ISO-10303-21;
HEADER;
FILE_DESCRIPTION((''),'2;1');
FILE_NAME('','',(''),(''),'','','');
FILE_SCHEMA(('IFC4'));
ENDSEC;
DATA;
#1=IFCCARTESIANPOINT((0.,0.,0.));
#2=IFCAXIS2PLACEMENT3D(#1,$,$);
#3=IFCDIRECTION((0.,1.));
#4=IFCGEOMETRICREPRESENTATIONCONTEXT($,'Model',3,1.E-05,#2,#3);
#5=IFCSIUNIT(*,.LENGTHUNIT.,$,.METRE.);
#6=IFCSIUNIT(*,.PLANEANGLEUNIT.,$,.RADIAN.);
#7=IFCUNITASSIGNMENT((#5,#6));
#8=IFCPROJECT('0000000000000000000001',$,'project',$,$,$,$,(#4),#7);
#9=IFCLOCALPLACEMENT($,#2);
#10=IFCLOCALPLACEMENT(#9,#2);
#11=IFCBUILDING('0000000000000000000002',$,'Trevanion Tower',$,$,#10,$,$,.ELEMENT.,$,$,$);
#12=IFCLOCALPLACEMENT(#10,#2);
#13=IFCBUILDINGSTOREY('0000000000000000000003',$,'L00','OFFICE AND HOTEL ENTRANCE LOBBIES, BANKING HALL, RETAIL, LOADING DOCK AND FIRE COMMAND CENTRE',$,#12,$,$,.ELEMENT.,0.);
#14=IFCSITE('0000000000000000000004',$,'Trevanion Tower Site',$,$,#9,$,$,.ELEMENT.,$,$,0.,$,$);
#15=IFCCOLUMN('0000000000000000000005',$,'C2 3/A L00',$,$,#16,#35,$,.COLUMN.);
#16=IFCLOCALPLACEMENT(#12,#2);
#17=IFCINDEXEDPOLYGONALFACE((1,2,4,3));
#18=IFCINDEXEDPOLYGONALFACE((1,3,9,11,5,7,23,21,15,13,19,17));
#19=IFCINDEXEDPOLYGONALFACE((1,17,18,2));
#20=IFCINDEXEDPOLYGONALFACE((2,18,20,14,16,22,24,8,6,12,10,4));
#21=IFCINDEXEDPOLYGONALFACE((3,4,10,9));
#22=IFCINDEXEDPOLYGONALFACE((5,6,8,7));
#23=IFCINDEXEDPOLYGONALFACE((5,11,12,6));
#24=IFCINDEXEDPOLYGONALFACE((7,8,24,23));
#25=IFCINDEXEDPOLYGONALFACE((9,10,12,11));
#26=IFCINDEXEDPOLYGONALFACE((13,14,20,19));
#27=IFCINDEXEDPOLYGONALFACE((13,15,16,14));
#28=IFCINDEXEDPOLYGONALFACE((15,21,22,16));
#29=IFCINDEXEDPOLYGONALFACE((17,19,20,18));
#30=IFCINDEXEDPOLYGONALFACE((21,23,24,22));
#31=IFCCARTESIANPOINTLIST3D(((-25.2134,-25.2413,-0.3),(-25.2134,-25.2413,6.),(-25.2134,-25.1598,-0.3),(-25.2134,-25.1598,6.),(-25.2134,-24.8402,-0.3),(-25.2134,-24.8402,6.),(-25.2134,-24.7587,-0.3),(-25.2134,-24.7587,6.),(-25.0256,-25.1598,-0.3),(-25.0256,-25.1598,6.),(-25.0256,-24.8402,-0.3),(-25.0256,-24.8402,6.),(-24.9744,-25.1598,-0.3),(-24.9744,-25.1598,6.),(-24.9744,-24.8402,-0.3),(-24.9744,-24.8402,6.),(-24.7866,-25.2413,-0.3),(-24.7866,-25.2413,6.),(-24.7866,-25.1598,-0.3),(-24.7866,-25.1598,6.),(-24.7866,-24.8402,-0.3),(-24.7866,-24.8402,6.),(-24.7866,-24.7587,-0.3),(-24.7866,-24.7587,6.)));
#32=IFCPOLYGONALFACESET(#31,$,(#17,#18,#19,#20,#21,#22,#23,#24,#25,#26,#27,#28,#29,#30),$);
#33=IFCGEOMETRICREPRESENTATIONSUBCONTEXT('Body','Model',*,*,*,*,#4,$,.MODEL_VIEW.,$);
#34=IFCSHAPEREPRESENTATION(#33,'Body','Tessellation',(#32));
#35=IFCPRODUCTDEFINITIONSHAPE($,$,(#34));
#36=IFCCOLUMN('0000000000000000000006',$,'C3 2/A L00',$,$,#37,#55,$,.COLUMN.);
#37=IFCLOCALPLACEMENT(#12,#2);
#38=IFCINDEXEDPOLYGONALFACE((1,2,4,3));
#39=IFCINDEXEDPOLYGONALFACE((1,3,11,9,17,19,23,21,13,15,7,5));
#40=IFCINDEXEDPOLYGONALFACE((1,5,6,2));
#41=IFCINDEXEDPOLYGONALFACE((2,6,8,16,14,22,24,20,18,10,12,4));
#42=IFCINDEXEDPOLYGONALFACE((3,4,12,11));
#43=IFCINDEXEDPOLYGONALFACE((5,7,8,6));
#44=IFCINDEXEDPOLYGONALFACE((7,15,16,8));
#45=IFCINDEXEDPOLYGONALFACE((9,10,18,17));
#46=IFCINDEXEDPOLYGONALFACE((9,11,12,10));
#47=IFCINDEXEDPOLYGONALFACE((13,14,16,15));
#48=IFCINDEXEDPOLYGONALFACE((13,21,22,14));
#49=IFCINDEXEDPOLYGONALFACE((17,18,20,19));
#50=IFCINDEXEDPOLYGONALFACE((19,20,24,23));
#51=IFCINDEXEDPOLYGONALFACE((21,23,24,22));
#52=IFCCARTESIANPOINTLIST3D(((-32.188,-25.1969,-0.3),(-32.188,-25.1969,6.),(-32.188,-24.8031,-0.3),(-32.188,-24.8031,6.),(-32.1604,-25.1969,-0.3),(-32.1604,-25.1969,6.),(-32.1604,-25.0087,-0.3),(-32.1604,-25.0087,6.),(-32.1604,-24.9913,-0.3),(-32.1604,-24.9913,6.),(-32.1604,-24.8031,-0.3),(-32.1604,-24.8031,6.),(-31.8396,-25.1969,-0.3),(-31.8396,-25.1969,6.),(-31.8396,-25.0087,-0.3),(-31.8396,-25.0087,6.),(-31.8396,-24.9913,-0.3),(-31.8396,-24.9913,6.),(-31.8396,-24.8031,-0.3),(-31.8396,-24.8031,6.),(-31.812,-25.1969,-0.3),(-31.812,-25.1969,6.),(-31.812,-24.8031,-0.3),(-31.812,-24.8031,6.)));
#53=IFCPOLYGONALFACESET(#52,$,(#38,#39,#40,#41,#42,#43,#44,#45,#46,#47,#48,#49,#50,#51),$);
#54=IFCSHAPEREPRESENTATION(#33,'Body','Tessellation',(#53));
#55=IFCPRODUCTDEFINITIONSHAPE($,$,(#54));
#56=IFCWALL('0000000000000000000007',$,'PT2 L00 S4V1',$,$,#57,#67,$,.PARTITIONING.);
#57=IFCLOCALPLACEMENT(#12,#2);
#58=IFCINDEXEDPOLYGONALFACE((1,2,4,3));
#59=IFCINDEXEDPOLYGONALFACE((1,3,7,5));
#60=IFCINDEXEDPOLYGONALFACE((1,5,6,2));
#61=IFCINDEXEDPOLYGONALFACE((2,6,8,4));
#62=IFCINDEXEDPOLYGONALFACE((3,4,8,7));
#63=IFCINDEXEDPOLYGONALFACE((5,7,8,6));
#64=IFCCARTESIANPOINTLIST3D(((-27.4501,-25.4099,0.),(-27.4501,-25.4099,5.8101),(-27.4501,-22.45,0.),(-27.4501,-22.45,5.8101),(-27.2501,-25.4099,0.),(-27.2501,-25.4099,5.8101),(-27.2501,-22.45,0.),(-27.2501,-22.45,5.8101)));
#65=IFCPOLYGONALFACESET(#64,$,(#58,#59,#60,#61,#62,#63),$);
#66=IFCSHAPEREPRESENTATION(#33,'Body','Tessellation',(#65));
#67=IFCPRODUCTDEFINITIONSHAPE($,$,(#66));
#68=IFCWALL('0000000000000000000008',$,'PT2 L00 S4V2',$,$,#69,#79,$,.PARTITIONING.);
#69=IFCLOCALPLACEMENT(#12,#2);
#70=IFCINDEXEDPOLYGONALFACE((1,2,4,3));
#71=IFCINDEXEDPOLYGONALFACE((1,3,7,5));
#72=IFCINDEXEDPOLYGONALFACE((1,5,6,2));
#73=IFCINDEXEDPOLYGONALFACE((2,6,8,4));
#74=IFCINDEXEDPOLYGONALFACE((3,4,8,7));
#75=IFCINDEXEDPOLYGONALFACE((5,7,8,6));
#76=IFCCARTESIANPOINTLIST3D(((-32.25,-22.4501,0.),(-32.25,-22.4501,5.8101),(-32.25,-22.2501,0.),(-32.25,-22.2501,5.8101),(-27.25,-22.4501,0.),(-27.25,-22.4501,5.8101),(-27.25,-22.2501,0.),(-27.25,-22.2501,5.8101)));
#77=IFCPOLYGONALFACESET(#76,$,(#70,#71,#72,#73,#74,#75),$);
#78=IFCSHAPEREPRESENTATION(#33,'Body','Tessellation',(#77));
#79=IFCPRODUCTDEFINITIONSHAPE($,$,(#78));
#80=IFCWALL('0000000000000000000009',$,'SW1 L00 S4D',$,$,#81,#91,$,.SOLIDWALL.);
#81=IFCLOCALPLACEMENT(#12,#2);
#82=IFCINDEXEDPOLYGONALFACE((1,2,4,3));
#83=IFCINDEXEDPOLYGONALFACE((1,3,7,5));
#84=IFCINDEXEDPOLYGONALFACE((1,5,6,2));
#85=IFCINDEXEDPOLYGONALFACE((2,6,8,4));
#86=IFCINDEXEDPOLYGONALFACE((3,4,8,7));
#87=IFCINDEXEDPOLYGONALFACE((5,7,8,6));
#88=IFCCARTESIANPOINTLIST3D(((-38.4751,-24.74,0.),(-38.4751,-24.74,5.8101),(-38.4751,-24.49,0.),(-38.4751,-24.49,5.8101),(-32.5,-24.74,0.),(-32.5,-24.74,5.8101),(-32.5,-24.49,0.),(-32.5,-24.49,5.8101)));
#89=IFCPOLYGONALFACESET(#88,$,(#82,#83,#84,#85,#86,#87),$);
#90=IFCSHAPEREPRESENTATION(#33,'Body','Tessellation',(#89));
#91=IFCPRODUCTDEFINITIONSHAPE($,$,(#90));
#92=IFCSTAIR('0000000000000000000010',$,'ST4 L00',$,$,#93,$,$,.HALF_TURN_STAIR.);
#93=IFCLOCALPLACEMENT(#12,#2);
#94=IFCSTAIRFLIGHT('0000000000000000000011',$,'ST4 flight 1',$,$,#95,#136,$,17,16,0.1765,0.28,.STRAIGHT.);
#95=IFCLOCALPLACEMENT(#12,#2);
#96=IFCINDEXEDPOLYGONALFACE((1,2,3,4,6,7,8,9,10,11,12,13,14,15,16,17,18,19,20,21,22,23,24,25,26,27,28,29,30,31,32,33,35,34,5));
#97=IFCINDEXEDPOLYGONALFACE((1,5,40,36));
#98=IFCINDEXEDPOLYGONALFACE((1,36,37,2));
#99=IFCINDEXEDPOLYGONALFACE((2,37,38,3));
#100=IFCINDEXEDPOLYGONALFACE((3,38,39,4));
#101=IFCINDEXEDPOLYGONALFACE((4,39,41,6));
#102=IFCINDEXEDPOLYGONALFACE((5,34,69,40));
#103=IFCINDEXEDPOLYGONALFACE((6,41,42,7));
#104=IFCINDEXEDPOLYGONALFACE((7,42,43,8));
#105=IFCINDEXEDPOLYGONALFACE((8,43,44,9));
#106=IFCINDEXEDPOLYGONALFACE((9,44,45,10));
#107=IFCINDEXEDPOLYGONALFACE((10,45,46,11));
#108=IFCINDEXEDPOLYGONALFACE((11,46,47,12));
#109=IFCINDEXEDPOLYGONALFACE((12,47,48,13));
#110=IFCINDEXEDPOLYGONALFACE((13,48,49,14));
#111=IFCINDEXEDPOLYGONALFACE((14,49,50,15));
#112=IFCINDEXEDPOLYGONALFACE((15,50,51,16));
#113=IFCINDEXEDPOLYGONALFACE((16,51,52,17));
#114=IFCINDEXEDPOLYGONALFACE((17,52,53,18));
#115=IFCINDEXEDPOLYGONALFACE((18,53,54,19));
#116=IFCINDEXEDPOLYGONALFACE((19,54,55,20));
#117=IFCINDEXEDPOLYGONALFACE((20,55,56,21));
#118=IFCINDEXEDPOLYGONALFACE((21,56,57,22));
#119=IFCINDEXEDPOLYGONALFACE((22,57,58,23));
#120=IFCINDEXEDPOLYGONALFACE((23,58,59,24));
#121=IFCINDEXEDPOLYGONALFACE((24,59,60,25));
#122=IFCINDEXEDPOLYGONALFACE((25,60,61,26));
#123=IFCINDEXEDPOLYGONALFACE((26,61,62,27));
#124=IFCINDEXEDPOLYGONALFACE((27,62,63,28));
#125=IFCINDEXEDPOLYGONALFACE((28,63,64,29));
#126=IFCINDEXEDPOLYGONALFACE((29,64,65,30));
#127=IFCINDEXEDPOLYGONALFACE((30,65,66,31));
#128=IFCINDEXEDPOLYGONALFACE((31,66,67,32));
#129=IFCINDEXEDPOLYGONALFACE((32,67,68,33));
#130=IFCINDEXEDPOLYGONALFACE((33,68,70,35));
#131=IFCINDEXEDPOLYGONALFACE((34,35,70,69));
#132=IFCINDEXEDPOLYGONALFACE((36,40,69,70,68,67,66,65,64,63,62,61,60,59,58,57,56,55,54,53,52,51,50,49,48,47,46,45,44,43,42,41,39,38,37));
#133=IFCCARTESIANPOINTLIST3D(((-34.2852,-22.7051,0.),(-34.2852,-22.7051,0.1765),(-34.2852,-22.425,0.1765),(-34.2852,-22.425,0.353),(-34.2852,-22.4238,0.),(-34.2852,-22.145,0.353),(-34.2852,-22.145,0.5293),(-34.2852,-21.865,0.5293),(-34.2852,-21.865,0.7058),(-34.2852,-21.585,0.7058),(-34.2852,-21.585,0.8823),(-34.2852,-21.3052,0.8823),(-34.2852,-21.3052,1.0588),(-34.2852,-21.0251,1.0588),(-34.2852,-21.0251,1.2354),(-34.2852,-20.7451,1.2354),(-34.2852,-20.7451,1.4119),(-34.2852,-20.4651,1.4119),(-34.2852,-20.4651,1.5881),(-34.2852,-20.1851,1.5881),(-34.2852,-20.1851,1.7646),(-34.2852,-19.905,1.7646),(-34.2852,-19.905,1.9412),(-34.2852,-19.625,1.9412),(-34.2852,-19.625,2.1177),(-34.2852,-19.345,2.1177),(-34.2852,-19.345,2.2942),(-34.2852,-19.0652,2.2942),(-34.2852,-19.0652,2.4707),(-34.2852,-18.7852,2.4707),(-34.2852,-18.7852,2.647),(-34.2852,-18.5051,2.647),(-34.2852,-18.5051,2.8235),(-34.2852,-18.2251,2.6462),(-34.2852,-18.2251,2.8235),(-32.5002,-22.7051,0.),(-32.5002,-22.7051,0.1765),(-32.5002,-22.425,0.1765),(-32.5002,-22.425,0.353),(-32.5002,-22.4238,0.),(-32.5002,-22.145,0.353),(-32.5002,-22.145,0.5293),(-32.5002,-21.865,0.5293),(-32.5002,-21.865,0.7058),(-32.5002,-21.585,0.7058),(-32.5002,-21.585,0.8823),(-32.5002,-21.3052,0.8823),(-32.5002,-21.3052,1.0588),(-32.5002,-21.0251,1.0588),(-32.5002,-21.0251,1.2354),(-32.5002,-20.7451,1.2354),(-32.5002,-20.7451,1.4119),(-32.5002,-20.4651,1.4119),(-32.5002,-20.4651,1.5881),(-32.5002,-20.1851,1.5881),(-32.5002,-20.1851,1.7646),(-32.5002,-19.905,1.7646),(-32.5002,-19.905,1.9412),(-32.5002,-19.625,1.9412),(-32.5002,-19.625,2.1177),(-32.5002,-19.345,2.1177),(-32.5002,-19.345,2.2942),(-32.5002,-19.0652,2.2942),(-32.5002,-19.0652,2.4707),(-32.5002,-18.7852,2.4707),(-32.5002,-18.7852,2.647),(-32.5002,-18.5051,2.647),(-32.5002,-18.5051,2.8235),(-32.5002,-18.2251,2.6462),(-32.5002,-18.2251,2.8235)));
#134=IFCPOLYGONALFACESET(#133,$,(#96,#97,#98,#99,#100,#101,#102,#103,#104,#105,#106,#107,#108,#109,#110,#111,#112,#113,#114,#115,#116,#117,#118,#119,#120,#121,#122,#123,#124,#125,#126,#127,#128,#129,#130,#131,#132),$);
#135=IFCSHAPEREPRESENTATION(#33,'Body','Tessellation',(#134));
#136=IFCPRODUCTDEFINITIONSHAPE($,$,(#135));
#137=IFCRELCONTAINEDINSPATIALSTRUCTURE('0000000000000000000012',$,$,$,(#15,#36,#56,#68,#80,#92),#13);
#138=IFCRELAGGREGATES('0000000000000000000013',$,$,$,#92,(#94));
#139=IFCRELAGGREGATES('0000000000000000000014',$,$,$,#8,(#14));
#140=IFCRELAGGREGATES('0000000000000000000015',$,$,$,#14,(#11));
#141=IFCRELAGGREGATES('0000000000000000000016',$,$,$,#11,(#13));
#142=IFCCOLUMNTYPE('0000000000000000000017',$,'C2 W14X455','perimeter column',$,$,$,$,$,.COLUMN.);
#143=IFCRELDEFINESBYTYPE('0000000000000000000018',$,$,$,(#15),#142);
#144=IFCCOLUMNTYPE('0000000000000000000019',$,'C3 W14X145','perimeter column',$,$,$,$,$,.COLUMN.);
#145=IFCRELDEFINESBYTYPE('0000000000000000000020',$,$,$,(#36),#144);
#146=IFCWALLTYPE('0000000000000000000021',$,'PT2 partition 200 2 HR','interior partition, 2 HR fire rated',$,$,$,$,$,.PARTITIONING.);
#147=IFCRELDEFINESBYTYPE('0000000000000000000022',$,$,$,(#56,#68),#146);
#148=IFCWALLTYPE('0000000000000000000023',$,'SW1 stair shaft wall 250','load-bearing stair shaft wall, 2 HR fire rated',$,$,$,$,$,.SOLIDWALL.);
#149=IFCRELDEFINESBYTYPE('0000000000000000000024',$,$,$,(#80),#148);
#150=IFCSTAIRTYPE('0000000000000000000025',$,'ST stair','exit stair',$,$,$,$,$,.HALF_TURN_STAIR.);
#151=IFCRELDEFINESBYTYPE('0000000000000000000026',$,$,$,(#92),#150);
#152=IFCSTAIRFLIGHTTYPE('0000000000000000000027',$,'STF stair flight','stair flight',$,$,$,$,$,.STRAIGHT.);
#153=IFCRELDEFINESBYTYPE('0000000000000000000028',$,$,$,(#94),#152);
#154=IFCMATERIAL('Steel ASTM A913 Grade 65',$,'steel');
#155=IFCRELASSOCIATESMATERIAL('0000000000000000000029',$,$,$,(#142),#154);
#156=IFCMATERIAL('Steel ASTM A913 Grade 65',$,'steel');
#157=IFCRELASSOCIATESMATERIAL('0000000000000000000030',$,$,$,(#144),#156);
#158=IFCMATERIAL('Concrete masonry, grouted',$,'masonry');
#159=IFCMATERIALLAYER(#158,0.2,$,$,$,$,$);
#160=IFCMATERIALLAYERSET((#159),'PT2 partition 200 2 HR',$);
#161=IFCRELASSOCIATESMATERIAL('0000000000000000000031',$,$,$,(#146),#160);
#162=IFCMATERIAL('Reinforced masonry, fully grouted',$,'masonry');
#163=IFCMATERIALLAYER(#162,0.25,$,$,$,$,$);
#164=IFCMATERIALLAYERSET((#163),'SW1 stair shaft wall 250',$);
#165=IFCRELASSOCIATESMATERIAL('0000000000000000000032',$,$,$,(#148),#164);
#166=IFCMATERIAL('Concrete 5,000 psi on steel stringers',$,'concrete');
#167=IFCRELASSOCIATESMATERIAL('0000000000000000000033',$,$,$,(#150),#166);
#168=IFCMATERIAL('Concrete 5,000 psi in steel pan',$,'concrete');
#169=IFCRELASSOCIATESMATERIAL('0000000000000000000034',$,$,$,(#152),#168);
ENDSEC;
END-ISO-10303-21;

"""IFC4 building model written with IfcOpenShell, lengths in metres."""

from ifc_helpers import new_model, si_unit, direction, frame, frame_2d, origin, origin_2d, place, context, subcontext, project, spatial, polyline, rectangle, i_section, outline, extrude, material, layer, layer_set, material_profile, profile_set, type_object, element, aggregate, save


model = new_model("IFC4")

# Units and contexts
model_context = context("Model", 3, precision=1e-05, world=origin(), true_north=direction((0.0, 1.0)))
body_context = subcontext(model_context, "Body", "Model", "MODEL_VIEW")
ifc_project = project(units=[si_unit("LENGTHUNIT", "METRE"), si_unit("PLANEANGLEUNIT", "RADIAN")], contexts=[model_context])

# Site, building, storey
site_placement = place(None, origin())
site = spatial("IfcSite", under=ifc_project, at=site_placement, Name="Trevanion Tower Site", CompositionType="ELEMENT", RefElevation=0.0)
building_placement = place(site_placement, origin())
building = spatial("IfcBuilding", under=site, at=building_placement, Name="Trevanion Tower", CompositionType="ELEMENT")
storey_placement = place(building_placement, origin())
storey = spatial("IfcBuildingStorey", under=building, at=storey_placement, Name="L00", Description="OFFICE AND HOTEL ENTRANCE LOBBIES, BANKING HALL, RETAIL, LOADING DOCK AND FIRE COMMAND CENTRE", CompositionType="ELEMENT", Elevation=0.0)

# Columns
ifc_material_1 = material(Name="Steel ASTM A913 Grade 65", Category="steel")
ifc_material_profile_1 = material_profile(ifc_material_1, i_section(OverallWidth=0.4268, OverallDepth=0.4827, WebThickness=0.0513, FlangeThickness=0.0815, at=origin_2d()), Name="W14X455")
ifc_profile_set_1 = profile_set([ifc_material_profile_1], Name="Steel ASTM A913 Grade 65")
column_type_1 = type_object("IfcColumnType", Name="C2 W14X455", Description="perimeter column", PredefinedType="COLUMN", material=ifc_profile_set_1)
column_1_placement = place(storey_placement, frame((-25.0, -25.0, -0.3), z_axis=(0.0, 0.0, 1.0), x_axis=(1.0, 0.0, 0.0)))
element("IfcColumn", 1, at=column_1_placement, inside=storey, type_object=column_type_1, Name="C2 3/A L00", PredefinedType="COLUMN", context=body_context, shape_type="SweptSolid", body=[
    extrude(i_section(OverallWidth=0.4268, OverallDepth=0.4827, WebThickness=0.0513, FlangeThickness=0.0815, at=origin_2d()), origin(), (0.0, 0.0, 1.0), 6.3),
])
ifc_material_2 = material(Name="Steel ASTM A913 Grade 65", Category="steel")
ifc_material_profile_2 = material_profile(ifc_material_2, i_section(OverallWidth=0.3938, OverallDepth=0.376, WebThickness=0.0173, FlangeThickness=0.0276, at=origin_2d()), Name="W14X145")
ifc_profile_set_2 = profile_set([ifc_material_profile_2], Name="Steel ASTM A913 Grade 65")
column_type_2 = type_object("IfcColumnType", Name="C3 W14X145", Description="perimeter column", PredefinedType="COLUMN", material=ifc_profile_set_2)
column_2_placement = place(storey_placement, frame((-32.0, -25.0, -0.3), z_axis=(0.0, 0.0, 1.0), x_axis=(0.0, 1.0, 0.0)))
element("IfcColumn", 2, at=column_2_placement, inside=storey, type_object=column_type_2, Name="C3 2/A L00", PredefinedType="COLUMN", context=body_context, shape_type="SweptSolid", body=[
    extrude(i_section(OverallWidth=0.3938, OverallDepth=0.376, WebThickness=0.0173, FlangeThickness=0.0276, at=origin_2d()), origin(), (0.0, 0.0, 1.0), 6.3),
])

# Walls
ifc_material_3 = material(Name="Concrete masonry, grouted", Category="masonry")
ifc_layer_1 = layer(ifc_material_3, 0.2)
ifc_layer_set_1 = layer_set([ifc_layer_1], Name="PT2 partition 200 2 HR")
wall_type_1 = type_object("IfcWallType", Name="PT2 partition 200 2 HR", Description="interior partition, 2 HR fire rated", PredefinedType="PARTITIONING", material=ifc_layer_set_1)
wall_1_placement = place(storey_placement, frame((-27.3501, -22.45, 0.0), z_axis=(0.0, 0.0, 1.0), x_axis=(0.0, -1.0, 0.0)))
element("IfcWall", 3, at=wall_1_placement, inside=storey, type_object=wall_type_1, Name="PT2 L00 S4V1", PredefinedType="PARTITIONING", context=body_context, shape_type="SweptSolid", body=[
    extrude(rectangle(XDim=2.96, YDim=0.2, at=frame_2d((1.48, 0.0))), origin(), (0.0, 0.0, 1.0), 5.8101),
])
wall_2_placement = place(storey_placement, frame((-27.25, -22.3501, 0.0), z_axis=(0.0, 0.0, 1.0), x_axis=(-1.0, 0.0, 0.0)))
element("IfcWall", 4, at=wall_2_placement, inside=storey, type_object=wall_type_1, Name="PT2 L00 S4V2", PredefinedType="PARTITIONING", context=body_context, shape_type="SweptSolid", body=[
    extrude(rectangle(XDim=5.0, YDim=0.2, at=frame_2d((2.5, 0.0))), origin(), (0.0, 0.0, 1.0), 5.8101),
])
ifc_material_4 = material(Name="Reinforced masonry, fully grouted", Category="masonry")
ifc_layer_2 = layer(ifc_material_4, 0.25)
ifc_layer_set_2 = layer_set([ifc_layer_2], Name="SW1 stair shaft wall 250")
wall_type_2 = type_object("IfcWallType", Name="SW1 stair shaft wall 250", Description="load-bearing stair shaft wall, 2 HR fire rated", PredefinedType="SOLIDWALL", material=ifc_layer_set_2)
wall_3_placement = place(storey_placement, frame((-32.5, -24.615, 0.0), z_axis=(0.0, 0.0, 1.0), x_axis=(-1.0, 0.0, 0.0)))
element("IfcWall", 5, at=wall_3_placement, inside=storey, type_object=wall_type_2, Name="SW1 L00 S4D", PredefinedType="SOLIDWALL", context=body_context, shape_type="SweptSolid", body=[
    extrude(rectangle(XDim=5.9751, YDim=0.25, at=frame_2d((2.9875, 0.0))), origin(), (0.0, 0.0, 1.0), 5.8101),
])

# Stair, stair flight
ifc_material_5 = material(Name="Concrete 5,000 psi on steel stringers", Category="concrete")
stair_type = type_object("IfcStairType", Name="ST stair", Description="exit stair", PredefinedType="HALF_TURN_STAIR", material=ifc_material_5)
stair_placement = place(storey_placement, origin())
stair = element("IfcStair", 6, at=stair_placement, inside=storey, type_object=stair_type, Name="ST4 L00", PredefinedType="HALF_TURN_STAIR")
ifc_material_6 = material(Name="Concrete 5,000 psi in steel pan", Category="concrete")
stair_flight_type = type_object("IfcStairFlightType", Name="STF stair flight", Description="stair flight", PredefinedType="STRAIGHT", material=ifc_material_6)
stair_flight_placement = place(storey_placement, frame((-33.3926, -22.7051, 0.0), z_axis=(0.0, 0.0, 1.0), x_axis=(0.0, 1.0, 0.0)))
stair_flight = element("IfcStairFlight", 7, at=stair_flight_placement, type_object=stair_flight_type, Name="ST4 flight 1", NumberOfRisers=17, NumberOfTreads=16, PredefinedType="STRAIGHT", RiserHeight=0.1765, TreadLength=0.28, context=body_context, shape_type="SweptSolid", body=[
    extrude(outline(polyline([(0.0, 0.0), (0.0, 0.1765), (0.28, 0.1765), (0.28, 0.353), (0.5601, 0.353), (0.5601, 0.5293), (0.8401, 0.5293), (0.8401, 0.7058), (1.1201, 0.7058), (1.1201, 0.8823), (1.3999, 0.8823), (1.3999, 1.0588), (1.6799, 1.0588), (1.6799, 1.2354), (1.96, 1.2354), (1.96, 1.4119), (2.24, 1.4119), (2.24, 1.5881), (2.52, 1.5881), (2.52, 1.7646), (2.8, 1.7646), (2.8, 1.9412), (3.0801, 1.9412), (3.0801, 2.1177), (3.3601, 2.1177), (3.3601, 2.2942), (3.6399, 2.2942), (3.6399, 2.4707), (3.9199, 2.4707), (3.9199, 2.647), (4.2, 2.647), (4.2, 2.8235), (4.48, 2.8235), (4.48, 3.0), (4.48, 2.6462), (0.2812, 0.0), (0.0, 0.0)])), frame((0.0, 0.8926, 0.0), z_axis=(0.0, -1.0, 0.0), x_axis=(1.0, 0.0, 0.0)), (0.0, 0.0, 1.0), 1.7849),
])
aggregate(stair, [stair_flight])

save(model, "model.ifc")
